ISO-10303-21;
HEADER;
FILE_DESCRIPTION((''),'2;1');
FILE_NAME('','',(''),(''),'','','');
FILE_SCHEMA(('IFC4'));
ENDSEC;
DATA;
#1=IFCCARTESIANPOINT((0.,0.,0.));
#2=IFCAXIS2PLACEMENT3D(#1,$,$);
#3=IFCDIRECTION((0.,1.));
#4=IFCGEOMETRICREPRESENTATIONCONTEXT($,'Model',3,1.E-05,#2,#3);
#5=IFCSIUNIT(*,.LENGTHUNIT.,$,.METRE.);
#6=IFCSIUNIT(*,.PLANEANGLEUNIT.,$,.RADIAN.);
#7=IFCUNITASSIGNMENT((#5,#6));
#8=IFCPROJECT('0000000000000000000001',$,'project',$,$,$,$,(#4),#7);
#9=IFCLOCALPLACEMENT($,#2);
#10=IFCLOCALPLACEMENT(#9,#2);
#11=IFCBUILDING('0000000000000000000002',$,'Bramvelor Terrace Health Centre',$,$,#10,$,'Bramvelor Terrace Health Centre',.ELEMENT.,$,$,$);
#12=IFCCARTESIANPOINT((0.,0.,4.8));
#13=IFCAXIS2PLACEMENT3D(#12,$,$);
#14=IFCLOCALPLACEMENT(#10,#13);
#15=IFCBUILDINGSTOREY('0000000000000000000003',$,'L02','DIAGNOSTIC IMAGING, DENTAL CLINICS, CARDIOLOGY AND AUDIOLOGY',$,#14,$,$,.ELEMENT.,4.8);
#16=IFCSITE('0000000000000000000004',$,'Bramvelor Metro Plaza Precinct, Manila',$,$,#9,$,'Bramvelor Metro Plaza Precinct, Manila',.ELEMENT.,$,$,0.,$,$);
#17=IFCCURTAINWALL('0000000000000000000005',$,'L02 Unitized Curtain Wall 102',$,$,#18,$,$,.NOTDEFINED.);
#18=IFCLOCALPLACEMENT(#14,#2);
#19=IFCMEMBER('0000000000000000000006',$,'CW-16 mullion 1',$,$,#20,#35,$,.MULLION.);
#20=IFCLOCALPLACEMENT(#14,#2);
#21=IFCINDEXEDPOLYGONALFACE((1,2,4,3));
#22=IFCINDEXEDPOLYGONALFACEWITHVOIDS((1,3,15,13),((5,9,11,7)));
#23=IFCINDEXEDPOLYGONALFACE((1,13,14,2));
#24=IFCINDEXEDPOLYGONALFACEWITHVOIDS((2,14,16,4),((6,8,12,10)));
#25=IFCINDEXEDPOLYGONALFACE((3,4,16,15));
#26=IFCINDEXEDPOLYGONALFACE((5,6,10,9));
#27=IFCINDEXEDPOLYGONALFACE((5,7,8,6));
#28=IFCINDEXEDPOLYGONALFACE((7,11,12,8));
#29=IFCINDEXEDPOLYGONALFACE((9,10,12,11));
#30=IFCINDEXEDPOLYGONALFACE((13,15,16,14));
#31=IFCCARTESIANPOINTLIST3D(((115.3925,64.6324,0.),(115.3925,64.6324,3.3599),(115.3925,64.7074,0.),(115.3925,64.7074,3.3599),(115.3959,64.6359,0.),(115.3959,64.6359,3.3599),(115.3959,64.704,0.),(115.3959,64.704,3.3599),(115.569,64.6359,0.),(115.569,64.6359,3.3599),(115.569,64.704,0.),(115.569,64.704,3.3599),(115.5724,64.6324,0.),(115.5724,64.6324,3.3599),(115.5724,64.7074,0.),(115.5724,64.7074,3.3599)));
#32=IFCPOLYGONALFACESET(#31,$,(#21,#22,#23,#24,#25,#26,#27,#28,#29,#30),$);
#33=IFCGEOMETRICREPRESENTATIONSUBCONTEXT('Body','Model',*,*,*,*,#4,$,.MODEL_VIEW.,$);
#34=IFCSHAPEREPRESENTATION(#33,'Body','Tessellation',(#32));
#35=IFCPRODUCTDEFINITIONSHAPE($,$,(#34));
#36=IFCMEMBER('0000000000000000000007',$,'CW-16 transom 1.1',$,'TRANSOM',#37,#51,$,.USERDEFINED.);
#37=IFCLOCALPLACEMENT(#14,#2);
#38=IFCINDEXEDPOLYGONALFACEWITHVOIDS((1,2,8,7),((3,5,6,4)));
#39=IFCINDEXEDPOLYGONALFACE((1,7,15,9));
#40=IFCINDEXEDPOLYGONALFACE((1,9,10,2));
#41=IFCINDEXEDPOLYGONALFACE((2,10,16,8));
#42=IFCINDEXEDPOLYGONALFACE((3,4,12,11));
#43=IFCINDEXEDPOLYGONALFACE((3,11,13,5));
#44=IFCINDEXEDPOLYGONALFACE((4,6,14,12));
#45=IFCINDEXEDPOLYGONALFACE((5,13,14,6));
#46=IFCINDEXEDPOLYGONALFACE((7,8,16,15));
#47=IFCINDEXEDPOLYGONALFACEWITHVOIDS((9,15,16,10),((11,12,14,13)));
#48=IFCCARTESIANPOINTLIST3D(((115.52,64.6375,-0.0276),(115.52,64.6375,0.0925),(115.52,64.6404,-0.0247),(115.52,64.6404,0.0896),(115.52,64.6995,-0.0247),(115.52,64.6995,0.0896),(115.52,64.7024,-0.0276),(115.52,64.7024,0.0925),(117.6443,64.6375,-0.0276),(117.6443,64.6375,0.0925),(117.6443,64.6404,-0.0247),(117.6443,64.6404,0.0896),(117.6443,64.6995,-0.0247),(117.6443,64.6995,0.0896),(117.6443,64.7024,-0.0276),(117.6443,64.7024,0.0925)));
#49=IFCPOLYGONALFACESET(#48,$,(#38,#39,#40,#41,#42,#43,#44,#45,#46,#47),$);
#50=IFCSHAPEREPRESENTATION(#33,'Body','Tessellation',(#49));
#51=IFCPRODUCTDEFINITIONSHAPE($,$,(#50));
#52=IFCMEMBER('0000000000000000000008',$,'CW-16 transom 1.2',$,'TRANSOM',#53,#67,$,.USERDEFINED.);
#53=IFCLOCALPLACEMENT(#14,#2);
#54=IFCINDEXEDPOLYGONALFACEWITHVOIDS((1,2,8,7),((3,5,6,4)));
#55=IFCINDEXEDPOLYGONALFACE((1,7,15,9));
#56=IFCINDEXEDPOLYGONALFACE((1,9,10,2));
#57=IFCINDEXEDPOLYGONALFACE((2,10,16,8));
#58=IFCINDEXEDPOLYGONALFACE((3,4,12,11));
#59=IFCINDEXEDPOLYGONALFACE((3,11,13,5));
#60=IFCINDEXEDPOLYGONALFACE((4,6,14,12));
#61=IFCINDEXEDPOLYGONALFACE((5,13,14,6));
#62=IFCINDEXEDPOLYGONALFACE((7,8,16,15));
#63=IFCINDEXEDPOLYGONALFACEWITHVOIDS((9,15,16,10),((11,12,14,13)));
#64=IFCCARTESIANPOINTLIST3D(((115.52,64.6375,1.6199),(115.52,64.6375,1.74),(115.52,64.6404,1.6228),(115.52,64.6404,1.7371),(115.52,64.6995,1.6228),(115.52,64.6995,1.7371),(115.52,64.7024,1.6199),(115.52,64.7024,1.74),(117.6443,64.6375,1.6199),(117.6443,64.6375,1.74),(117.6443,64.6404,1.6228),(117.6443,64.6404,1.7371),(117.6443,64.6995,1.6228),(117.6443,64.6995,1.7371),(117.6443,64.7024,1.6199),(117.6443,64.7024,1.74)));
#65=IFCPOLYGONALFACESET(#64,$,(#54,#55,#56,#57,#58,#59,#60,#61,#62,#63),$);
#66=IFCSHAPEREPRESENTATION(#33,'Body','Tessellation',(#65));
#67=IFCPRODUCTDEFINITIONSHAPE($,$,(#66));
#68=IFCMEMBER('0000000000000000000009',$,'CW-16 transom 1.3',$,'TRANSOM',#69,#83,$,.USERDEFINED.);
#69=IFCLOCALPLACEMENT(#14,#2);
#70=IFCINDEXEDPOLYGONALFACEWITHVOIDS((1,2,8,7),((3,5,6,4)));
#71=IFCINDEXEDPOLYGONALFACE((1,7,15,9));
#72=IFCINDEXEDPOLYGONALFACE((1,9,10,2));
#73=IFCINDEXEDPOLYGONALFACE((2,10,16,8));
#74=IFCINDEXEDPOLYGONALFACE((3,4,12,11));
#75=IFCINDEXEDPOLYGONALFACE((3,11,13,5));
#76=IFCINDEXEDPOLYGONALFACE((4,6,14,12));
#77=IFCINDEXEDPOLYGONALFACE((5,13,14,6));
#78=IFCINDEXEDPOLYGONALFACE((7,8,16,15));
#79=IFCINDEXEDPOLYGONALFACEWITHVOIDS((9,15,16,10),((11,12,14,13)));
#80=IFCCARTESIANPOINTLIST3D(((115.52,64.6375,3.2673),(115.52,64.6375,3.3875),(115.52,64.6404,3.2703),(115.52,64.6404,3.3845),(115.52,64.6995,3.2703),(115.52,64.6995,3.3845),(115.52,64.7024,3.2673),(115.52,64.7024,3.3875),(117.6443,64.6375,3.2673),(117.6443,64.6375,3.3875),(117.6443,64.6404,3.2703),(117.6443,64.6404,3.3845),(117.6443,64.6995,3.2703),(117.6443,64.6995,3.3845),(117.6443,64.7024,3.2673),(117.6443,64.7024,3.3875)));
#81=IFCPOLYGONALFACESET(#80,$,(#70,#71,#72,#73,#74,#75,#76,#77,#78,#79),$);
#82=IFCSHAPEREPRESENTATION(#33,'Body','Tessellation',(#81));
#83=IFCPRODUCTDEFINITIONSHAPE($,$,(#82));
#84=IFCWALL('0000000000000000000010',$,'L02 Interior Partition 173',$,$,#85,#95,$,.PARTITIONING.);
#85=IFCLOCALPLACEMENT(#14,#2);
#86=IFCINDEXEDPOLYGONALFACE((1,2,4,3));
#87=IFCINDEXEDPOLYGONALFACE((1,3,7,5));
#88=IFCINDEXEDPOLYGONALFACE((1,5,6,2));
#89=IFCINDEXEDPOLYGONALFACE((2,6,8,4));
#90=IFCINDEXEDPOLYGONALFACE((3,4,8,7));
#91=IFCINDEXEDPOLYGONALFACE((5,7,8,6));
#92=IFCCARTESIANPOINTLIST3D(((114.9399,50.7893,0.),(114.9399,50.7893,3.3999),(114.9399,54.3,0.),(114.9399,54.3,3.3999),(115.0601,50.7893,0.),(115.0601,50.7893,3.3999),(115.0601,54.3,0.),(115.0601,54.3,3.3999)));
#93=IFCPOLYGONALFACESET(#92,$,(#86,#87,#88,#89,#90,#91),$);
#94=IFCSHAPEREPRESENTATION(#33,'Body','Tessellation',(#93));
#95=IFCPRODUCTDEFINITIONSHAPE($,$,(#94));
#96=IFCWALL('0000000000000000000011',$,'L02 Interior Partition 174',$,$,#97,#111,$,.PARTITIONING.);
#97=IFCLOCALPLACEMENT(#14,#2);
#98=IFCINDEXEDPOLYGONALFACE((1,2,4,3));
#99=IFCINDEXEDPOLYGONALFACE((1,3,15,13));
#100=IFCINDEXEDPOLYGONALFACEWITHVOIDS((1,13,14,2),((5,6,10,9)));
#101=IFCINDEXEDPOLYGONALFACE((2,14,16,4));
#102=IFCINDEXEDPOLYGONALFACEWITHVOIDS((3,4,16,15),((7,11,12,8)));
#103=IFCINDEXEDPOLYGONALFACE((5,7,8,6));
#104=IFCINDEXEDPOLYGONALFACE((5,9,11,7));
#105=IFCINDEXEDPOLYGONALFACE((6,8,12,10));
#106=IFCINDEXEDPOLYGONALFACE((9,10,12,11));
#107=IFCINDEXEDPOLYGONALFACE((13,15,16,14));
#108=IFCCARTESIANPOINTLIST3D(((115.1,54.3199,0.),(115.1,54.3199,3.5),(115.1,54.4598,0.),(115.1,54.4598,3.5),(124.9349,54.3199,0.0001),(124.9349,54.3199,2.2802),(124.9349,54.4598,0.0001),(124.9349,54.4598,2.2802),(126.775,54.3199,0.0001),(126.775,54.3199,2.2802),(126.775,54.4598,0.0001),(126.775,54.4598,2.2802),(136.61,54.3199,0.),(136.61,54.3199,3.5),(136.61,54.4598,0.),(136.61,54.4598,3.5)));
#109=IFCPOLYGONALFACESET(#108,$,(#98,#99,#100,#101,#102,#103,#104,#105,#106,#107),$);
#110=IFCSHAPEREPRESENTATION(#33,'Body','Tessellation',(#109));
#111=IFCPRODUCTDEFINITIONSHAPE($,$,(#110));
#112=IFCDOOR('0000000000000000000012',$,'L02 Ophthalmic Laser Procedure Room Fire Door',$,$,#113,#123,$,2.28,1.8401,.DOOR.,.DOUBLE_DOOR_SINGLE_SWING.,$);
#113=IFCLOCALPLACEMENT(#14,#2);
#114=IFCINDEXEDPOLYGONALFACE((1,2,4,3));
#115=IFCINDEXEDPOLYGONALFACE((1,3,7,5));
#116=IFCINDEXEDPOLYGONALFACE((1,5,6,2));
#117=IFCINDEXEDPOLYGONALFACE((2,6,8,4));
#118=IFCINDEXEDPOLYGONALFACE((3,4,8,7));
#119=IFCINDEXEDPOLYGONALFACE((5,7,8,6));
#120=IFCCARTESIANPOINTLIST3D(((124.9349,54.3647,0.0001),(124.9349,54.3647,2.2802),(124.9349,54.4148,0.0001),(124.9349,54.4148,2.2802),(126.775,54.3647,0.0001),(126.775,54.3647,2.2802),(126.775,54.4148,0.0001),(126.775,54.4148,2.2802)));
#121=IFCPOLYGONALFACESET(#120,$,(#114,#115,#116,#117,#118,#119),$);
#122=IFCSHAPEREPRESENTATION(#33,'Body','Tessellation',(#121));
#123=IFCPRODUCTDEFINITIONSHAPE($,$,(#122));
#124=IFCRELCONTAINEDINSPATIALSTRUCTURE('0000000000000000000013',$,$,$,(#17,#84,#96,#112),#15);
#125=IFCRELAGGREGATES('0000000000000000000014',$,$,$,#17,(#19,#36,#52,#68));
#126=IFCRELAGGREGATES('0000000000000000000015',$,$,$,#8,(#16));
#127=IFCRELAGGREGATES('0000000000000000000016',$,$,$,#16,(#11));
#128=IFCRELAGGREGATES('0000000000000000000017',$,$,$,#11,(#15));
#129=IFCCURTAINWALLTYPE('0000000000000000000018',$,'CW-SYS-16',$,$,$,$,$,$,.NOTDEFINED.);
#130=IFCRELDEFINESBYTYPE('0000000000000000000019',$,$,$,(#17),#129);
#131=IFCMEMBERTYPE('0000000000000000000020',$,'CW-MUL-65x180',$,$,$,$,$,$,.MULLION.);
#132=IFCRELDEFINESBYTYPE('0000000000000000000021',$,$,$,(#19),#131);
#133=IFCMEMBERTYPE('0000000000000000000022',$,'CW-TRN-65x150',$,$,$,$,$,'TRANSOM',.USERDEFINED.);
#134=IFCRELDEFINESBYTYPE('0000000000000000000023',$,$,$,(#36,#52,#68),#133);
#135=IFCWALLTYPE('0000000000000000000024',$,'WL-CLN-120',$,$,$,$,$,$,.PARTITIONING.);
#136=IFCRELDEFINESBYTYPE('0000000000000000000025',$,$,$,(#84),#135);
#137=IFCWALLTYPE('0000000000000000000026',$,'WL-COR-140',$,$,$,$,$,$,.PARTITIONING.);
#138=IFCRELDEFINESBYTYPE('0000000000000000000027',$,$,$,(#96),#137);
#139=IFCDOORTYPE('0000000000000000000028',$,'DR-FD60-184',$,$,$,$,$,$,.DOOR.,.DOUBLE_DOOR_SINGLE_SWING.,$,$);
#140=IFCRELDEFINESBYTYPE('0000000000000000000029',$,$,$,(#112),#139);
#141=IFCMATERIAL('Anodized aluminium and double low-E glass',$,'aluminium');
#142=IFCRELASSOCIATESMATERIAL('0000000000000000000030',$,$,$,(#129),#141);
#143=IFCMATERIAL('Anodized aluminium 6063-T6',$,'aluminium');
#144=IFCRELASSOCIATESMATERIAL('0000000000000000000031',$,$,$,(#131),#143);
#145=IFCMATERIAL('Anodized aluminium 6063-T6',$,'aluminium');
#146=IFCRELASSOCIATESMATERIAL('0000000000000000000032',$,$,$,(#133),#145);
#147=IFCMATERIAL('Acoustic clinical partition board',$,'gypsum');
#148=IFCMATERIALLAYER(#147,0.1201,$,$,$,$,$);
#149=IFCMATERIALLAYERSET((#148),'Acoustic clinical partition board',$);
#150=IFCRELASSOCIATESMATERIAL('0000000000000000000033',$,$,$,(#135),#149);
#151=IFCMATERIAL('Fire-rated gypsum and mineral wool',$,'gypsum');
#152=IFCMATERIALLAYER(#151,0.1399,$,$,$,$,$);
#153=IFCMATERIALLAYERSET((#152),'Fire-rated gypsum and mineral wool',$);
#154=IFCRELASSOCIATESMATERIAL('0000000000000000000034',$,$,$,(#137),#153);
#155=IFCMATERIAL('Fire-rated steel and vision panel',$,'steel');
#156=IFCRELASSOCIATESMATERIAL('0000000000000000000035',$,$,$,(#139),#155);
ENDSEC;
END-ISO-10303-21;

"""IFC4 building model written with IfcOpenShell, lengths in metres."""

from ifc_helpers import new_model, si_unit, direction, frame, frame_2d, origin, origin_2d, place, context, subcontext, project, spatial, rectangle, hollow_rectangle, extrude, material, layer, layer_set, material_profile, profile_set, type_object, element, fill, aggregate, save


model = new_model("IFC4")

# Units and contexts
model_context = context("Model", 3, precision=1e-05, world=origin(), true_north=direction((0.0, 1.0)))
body_context = subcontext(model_context, "Body", "Model", "MODEL_VIEW")
ifc_project = project(units=[si_unit("LENGTHUNIT", "METRE"), si_unit("PLANEANGLEUNIT", "RADIAN")], contexts=[model_context])

# Site, building, storey
site_placement = place(None, origin())
site = spatial("IfcSite", under=ifc_project, at=site_placement, Name="Bramvelor Metro Plaza Precinct, Manila", LongName="Bramvelor Metro Plaza Precinct, Manila", CompositionType="ELEMENT", RefElevation=0.0)
building_placement = place(site_placement, origin())
building = spatial("IfcBuilding", under=site, at=building_placement, Name="Bramvelor Terrace Health Centre", LongName="Bramvelor Terrace Health Centre", CompositionType="ELEMENT")
storey_placement = place(building_placement, frame((0.0, 0.0, 4.8)))
storey = spatial("IfcBuildingStorey", under=building, at=storey_placement, Name="L02", Description="DIAGNOSTIC IMAGING, DENTAL CLINICS, CARDIOLOGY AND AUDIOLOGY", CompositionType="ELEMENT", Elevation=4.8)

# Curtain wall, members
ifc_material_1 = material(Name="Anodized aluminium and double low-E glass", Category="aluminium")
curtain_wall_type = type_object("IfcCurtainWallType", Name="CW-SYS-16", PredefinedType="NOTDEFINED", material=ifc_material_1)
curtain_wall_placement = place(storey_placement, origin())
curtain_wall = element("IfcCurtainWall", 1, at=curtain_wall_placement, inside=storey, type_object=curtain_wall_type, Name="L02 Unitized Curtain Wall 102", PredefinedType="NOTDEFINED")
ifc_material_2 = material(Name="Anodized aluminium 6063-T6", Category="aluminium")
ifc_material_profile_1 = material_profile(ifc_material_2, hollow_rectangle(XDim=0.075, YDim=0.1799, WallThickness=0.0034, at=origin_2d()), Name="ALU-MUL 75x180x3.5")
ifc_profile_set_1 = profile_set([ifc_material_profile_1], Name="Anodized aluminium 6063-T6")
member_type_1 = type_object("IfcMemberType", Name="CW-MUL-65x180", PredefinedType="MULLION", material=ifc_profile_set_1)
member_1_placement = place(storey_placement, frame((115.4824, 64.6699, 0.0), z_axis=(0.0, 0.0, 1.0), x_axis=(0.0, 1.0, 0.0)))
member_1 = element("IfcMember", 2, at=member_1_placement, type_object=member_type_1, Name="CW-16 mullion 1", PredefinedType="MULLION", context=body_context, shape_type="SweptSolid", body=[
    extrude(hollow_rectangle(XDim=0.075, YDim=0.1799, WallThickness=0.0034, at=origin_2d()), origin(), (0.0, 0.0, 1.0), 3.3599),
])
ifc_material_3 = material(Name="Anodized aluminium 6063-T6", Category="aluminium")
ifc_material_profile_2 = material_profile(ifc_material_3, hollow_rectangle(XDim=0.0649, YDim=0.1201, WallThickness=0.0029, at=origin_2d()), Name="ALU-TRN 65x120x3.0")
ifc_profile_set_2 = profile_set([ifc_material_profile_2], Name="Anodized aluminium 6063-T6")
member_type_2 = type_object("IfcMemberType", Name="CW-TRN-65x150", ElementType="TRANSOM", PredefinedType="USERDEFINED", material=ifc_profile_set_2)
member_2_placement = place(storey_placement, frame((115.52, 64.6699, 0.0325), z_axis=(1.0, 0.0, 0.0), x_axis=(0.0, 1.0, 0.0)))
member_2 = element("IfcMember", 3, at=member_2_placement, type_object=member_type_2, Name="CW-16 transom 1.1", ObjectType="TRANSOM", PredefinedType="USERDEFINED", context=body_context, shape_type="SweptSolid", body=[
    extrude(hollow_rectangle(XDim=0.0649, YDim=0.1201, WallThickness=0.0029, at=origin_2d()), origin(), (0.0, 0.0, 1.0), 2.1243),
])
member_3_placement = place(storey_placement, frame((115.52, 64.6699, 1.6799), z_axis=(1.0, 0.0, 0.0), x_axis=(0.0, 1.0, 0.0)))
member_3 = element("IfcMember", 4, at=member_3_placement, type_object=member_type_2, Name="CW-16 transom 1.2", ObjectType="TRANSOM", PredefinedType="USERDEFINED", context=body_context, shape_type="SweptSolid", body=[
    extrude(hollow_rectangle(XDim=0.0649, YDim=0.1201, WallThickness=0.0029, at=origin_2d()), origin(), (0.0, 0.0, 1.0), 2.1243),
])
member_4_placement = place(storey_placement, frame((115.52, 64.6699, 3.3274), z_axis=(1.0, 0.0, 0.0), x_axis=(0.0, 1.0, 0.0)))
member_4 = element("IfcMember", 5, at=member_4_placement, type_object=member_type_2, Name="CW-16 transom 1.3", ObjectType="TRANSOM", PredefinedType="USERDEFINED", context=body_context, shape_type="SweptSolid", body=[
    extrude(hollow_rectangle(XDim=0.0649, YDim=0.1201, WallThickness=0.0029, at=origin_2d()), origin(), (0.0, 0.0, 1.0), 2.1243),
])
aggregate(curtain_wall, [member_1, member_2, member_3, member_4])

# Wall
ifc_material_4 = material(Name="Acoustic clinical partition board", Category="gypsum")
ifc_layer_1 = layer(ifc_material_4, 0.1201)
ifc_layer_set_1 = layer_set([ifc_layer_1], Name="Acoustic clinical partition board")
wall_type_1 = type_object("IfcWallType", Name="WL-CLN-120", PredefinedType="PARTITIONING", material=ifc_layer_set_1)
wall_1_placement = place(storey_placement, frame((115.0, 54.3, 0.0), z_axis=(0.0, 0.0, 1.0), x_axis=(0.0, -1.0, 0.0)))
element("IfcWall", 6, at=wall_1_placement, inside=storey, type_object=wall_type_1, Name="L02 Interior Partition 173", PredefinedType="PARTITIONING", context=body_context, shape_type="SweptSolid", body=[
    extrude(rectangle(XDim=3.5107, YDim=0.1201, at=frame_2d((1.7554, 0.0))), origin(), (0.0, 0.0, 1.0), 3.3999),
])

# Wall, opening, door
ifc_material_5 = material(Name="Fire-rated gypsum and mineral wool", Category="gypsum")
ifc_layer_2 = layer(ifc_material_5, 0.1399)
ifc_layer_set_2 = layer_set([ifc_layer_2], Name="Fire-rated gypsum and mineral wool")
wall_type_2 = type_object("IfcWallType", Name="WL-COR-140", PredefinedType="PARTITIONING", material=ifc_layer_set_2)
wall_2_placement = place(storey_placement, frame((115.1001, 54.3899, 0.0), z_axis=(0.0, 0.0, 1.0), x_axis=(1.0, 0.0, 0.0)))
wall_2 = element("IfcWall", 7, at=wall_2_placement, inside=storey, type_object=wall_type_2, Name="L02 Interior Partition 174", PredefinedType="PARTITIONING", context=body_context, shape_type="SweptSolid", body=[
    extrude(rectangle(XDim=21.51, YDim=0.1399, at=frame_2d((10.7549, 0.0))), origin(), (0.0, 0.0, 1.0), 3.5),
])
opening_placement = place(wall_2_placement, frame((9.835, 0.0, 0.0)))
opening = element("IfcOpeningElement", 8, at=opening_placement, cuts=wall_2, PredefinedType="OPENING", context=body_context, shape_type="SweptSolid", body=[
    extrude(rectangle(XDim=1.8401, YDim=2.28, at=frame_2d((0.9199, 1.1401))), frame((0.0, 0.0798, 0.0), z_axis=(0.0, -1.0, 0.0), x_axis=(1.0, 0.0, 0.0)), (0.0, 0.0, 1.0), 0.1599),
])
ifc_material_6 = material(Name="Fire-rated steel and vision panel", Category="steel")
door_type = type_object("IfcDoorType", Name="DR-FD60-184", OperationType="DOUBLE_DOOR_SINGLE_SWING", PredefinedType="DOOR", material=ifc_material_6)
door_placement = place(opening_placement, origin())
door = element("IfcDoor", 9, at=door_placement, inside=storey, type_object=door_type, Name="L02 Ophthalmic Laser Procedure Room Fire Door", OperationType="DOUBLE_DOOR_SINGLE_SWING", OverallHeight=2.28, OverallWidth=1.8401, PredefinedType="DOOR", context=body_context, shape_type="SweptSolid", body=[
    extrude(rectangle(XDim=1.8401, YDim=2.28, at=frame_2d((0.9199, 1.1401))), frame((0.0, 0.0249, 0.0), z_axis=(0.0, -1.0, 0.0), x_axis=(1.0, 0.0, 0.0)), (0.0, 0.0, 1.0), 0.05),
])
fill(opening, door)

save(model, "model.ifc")
